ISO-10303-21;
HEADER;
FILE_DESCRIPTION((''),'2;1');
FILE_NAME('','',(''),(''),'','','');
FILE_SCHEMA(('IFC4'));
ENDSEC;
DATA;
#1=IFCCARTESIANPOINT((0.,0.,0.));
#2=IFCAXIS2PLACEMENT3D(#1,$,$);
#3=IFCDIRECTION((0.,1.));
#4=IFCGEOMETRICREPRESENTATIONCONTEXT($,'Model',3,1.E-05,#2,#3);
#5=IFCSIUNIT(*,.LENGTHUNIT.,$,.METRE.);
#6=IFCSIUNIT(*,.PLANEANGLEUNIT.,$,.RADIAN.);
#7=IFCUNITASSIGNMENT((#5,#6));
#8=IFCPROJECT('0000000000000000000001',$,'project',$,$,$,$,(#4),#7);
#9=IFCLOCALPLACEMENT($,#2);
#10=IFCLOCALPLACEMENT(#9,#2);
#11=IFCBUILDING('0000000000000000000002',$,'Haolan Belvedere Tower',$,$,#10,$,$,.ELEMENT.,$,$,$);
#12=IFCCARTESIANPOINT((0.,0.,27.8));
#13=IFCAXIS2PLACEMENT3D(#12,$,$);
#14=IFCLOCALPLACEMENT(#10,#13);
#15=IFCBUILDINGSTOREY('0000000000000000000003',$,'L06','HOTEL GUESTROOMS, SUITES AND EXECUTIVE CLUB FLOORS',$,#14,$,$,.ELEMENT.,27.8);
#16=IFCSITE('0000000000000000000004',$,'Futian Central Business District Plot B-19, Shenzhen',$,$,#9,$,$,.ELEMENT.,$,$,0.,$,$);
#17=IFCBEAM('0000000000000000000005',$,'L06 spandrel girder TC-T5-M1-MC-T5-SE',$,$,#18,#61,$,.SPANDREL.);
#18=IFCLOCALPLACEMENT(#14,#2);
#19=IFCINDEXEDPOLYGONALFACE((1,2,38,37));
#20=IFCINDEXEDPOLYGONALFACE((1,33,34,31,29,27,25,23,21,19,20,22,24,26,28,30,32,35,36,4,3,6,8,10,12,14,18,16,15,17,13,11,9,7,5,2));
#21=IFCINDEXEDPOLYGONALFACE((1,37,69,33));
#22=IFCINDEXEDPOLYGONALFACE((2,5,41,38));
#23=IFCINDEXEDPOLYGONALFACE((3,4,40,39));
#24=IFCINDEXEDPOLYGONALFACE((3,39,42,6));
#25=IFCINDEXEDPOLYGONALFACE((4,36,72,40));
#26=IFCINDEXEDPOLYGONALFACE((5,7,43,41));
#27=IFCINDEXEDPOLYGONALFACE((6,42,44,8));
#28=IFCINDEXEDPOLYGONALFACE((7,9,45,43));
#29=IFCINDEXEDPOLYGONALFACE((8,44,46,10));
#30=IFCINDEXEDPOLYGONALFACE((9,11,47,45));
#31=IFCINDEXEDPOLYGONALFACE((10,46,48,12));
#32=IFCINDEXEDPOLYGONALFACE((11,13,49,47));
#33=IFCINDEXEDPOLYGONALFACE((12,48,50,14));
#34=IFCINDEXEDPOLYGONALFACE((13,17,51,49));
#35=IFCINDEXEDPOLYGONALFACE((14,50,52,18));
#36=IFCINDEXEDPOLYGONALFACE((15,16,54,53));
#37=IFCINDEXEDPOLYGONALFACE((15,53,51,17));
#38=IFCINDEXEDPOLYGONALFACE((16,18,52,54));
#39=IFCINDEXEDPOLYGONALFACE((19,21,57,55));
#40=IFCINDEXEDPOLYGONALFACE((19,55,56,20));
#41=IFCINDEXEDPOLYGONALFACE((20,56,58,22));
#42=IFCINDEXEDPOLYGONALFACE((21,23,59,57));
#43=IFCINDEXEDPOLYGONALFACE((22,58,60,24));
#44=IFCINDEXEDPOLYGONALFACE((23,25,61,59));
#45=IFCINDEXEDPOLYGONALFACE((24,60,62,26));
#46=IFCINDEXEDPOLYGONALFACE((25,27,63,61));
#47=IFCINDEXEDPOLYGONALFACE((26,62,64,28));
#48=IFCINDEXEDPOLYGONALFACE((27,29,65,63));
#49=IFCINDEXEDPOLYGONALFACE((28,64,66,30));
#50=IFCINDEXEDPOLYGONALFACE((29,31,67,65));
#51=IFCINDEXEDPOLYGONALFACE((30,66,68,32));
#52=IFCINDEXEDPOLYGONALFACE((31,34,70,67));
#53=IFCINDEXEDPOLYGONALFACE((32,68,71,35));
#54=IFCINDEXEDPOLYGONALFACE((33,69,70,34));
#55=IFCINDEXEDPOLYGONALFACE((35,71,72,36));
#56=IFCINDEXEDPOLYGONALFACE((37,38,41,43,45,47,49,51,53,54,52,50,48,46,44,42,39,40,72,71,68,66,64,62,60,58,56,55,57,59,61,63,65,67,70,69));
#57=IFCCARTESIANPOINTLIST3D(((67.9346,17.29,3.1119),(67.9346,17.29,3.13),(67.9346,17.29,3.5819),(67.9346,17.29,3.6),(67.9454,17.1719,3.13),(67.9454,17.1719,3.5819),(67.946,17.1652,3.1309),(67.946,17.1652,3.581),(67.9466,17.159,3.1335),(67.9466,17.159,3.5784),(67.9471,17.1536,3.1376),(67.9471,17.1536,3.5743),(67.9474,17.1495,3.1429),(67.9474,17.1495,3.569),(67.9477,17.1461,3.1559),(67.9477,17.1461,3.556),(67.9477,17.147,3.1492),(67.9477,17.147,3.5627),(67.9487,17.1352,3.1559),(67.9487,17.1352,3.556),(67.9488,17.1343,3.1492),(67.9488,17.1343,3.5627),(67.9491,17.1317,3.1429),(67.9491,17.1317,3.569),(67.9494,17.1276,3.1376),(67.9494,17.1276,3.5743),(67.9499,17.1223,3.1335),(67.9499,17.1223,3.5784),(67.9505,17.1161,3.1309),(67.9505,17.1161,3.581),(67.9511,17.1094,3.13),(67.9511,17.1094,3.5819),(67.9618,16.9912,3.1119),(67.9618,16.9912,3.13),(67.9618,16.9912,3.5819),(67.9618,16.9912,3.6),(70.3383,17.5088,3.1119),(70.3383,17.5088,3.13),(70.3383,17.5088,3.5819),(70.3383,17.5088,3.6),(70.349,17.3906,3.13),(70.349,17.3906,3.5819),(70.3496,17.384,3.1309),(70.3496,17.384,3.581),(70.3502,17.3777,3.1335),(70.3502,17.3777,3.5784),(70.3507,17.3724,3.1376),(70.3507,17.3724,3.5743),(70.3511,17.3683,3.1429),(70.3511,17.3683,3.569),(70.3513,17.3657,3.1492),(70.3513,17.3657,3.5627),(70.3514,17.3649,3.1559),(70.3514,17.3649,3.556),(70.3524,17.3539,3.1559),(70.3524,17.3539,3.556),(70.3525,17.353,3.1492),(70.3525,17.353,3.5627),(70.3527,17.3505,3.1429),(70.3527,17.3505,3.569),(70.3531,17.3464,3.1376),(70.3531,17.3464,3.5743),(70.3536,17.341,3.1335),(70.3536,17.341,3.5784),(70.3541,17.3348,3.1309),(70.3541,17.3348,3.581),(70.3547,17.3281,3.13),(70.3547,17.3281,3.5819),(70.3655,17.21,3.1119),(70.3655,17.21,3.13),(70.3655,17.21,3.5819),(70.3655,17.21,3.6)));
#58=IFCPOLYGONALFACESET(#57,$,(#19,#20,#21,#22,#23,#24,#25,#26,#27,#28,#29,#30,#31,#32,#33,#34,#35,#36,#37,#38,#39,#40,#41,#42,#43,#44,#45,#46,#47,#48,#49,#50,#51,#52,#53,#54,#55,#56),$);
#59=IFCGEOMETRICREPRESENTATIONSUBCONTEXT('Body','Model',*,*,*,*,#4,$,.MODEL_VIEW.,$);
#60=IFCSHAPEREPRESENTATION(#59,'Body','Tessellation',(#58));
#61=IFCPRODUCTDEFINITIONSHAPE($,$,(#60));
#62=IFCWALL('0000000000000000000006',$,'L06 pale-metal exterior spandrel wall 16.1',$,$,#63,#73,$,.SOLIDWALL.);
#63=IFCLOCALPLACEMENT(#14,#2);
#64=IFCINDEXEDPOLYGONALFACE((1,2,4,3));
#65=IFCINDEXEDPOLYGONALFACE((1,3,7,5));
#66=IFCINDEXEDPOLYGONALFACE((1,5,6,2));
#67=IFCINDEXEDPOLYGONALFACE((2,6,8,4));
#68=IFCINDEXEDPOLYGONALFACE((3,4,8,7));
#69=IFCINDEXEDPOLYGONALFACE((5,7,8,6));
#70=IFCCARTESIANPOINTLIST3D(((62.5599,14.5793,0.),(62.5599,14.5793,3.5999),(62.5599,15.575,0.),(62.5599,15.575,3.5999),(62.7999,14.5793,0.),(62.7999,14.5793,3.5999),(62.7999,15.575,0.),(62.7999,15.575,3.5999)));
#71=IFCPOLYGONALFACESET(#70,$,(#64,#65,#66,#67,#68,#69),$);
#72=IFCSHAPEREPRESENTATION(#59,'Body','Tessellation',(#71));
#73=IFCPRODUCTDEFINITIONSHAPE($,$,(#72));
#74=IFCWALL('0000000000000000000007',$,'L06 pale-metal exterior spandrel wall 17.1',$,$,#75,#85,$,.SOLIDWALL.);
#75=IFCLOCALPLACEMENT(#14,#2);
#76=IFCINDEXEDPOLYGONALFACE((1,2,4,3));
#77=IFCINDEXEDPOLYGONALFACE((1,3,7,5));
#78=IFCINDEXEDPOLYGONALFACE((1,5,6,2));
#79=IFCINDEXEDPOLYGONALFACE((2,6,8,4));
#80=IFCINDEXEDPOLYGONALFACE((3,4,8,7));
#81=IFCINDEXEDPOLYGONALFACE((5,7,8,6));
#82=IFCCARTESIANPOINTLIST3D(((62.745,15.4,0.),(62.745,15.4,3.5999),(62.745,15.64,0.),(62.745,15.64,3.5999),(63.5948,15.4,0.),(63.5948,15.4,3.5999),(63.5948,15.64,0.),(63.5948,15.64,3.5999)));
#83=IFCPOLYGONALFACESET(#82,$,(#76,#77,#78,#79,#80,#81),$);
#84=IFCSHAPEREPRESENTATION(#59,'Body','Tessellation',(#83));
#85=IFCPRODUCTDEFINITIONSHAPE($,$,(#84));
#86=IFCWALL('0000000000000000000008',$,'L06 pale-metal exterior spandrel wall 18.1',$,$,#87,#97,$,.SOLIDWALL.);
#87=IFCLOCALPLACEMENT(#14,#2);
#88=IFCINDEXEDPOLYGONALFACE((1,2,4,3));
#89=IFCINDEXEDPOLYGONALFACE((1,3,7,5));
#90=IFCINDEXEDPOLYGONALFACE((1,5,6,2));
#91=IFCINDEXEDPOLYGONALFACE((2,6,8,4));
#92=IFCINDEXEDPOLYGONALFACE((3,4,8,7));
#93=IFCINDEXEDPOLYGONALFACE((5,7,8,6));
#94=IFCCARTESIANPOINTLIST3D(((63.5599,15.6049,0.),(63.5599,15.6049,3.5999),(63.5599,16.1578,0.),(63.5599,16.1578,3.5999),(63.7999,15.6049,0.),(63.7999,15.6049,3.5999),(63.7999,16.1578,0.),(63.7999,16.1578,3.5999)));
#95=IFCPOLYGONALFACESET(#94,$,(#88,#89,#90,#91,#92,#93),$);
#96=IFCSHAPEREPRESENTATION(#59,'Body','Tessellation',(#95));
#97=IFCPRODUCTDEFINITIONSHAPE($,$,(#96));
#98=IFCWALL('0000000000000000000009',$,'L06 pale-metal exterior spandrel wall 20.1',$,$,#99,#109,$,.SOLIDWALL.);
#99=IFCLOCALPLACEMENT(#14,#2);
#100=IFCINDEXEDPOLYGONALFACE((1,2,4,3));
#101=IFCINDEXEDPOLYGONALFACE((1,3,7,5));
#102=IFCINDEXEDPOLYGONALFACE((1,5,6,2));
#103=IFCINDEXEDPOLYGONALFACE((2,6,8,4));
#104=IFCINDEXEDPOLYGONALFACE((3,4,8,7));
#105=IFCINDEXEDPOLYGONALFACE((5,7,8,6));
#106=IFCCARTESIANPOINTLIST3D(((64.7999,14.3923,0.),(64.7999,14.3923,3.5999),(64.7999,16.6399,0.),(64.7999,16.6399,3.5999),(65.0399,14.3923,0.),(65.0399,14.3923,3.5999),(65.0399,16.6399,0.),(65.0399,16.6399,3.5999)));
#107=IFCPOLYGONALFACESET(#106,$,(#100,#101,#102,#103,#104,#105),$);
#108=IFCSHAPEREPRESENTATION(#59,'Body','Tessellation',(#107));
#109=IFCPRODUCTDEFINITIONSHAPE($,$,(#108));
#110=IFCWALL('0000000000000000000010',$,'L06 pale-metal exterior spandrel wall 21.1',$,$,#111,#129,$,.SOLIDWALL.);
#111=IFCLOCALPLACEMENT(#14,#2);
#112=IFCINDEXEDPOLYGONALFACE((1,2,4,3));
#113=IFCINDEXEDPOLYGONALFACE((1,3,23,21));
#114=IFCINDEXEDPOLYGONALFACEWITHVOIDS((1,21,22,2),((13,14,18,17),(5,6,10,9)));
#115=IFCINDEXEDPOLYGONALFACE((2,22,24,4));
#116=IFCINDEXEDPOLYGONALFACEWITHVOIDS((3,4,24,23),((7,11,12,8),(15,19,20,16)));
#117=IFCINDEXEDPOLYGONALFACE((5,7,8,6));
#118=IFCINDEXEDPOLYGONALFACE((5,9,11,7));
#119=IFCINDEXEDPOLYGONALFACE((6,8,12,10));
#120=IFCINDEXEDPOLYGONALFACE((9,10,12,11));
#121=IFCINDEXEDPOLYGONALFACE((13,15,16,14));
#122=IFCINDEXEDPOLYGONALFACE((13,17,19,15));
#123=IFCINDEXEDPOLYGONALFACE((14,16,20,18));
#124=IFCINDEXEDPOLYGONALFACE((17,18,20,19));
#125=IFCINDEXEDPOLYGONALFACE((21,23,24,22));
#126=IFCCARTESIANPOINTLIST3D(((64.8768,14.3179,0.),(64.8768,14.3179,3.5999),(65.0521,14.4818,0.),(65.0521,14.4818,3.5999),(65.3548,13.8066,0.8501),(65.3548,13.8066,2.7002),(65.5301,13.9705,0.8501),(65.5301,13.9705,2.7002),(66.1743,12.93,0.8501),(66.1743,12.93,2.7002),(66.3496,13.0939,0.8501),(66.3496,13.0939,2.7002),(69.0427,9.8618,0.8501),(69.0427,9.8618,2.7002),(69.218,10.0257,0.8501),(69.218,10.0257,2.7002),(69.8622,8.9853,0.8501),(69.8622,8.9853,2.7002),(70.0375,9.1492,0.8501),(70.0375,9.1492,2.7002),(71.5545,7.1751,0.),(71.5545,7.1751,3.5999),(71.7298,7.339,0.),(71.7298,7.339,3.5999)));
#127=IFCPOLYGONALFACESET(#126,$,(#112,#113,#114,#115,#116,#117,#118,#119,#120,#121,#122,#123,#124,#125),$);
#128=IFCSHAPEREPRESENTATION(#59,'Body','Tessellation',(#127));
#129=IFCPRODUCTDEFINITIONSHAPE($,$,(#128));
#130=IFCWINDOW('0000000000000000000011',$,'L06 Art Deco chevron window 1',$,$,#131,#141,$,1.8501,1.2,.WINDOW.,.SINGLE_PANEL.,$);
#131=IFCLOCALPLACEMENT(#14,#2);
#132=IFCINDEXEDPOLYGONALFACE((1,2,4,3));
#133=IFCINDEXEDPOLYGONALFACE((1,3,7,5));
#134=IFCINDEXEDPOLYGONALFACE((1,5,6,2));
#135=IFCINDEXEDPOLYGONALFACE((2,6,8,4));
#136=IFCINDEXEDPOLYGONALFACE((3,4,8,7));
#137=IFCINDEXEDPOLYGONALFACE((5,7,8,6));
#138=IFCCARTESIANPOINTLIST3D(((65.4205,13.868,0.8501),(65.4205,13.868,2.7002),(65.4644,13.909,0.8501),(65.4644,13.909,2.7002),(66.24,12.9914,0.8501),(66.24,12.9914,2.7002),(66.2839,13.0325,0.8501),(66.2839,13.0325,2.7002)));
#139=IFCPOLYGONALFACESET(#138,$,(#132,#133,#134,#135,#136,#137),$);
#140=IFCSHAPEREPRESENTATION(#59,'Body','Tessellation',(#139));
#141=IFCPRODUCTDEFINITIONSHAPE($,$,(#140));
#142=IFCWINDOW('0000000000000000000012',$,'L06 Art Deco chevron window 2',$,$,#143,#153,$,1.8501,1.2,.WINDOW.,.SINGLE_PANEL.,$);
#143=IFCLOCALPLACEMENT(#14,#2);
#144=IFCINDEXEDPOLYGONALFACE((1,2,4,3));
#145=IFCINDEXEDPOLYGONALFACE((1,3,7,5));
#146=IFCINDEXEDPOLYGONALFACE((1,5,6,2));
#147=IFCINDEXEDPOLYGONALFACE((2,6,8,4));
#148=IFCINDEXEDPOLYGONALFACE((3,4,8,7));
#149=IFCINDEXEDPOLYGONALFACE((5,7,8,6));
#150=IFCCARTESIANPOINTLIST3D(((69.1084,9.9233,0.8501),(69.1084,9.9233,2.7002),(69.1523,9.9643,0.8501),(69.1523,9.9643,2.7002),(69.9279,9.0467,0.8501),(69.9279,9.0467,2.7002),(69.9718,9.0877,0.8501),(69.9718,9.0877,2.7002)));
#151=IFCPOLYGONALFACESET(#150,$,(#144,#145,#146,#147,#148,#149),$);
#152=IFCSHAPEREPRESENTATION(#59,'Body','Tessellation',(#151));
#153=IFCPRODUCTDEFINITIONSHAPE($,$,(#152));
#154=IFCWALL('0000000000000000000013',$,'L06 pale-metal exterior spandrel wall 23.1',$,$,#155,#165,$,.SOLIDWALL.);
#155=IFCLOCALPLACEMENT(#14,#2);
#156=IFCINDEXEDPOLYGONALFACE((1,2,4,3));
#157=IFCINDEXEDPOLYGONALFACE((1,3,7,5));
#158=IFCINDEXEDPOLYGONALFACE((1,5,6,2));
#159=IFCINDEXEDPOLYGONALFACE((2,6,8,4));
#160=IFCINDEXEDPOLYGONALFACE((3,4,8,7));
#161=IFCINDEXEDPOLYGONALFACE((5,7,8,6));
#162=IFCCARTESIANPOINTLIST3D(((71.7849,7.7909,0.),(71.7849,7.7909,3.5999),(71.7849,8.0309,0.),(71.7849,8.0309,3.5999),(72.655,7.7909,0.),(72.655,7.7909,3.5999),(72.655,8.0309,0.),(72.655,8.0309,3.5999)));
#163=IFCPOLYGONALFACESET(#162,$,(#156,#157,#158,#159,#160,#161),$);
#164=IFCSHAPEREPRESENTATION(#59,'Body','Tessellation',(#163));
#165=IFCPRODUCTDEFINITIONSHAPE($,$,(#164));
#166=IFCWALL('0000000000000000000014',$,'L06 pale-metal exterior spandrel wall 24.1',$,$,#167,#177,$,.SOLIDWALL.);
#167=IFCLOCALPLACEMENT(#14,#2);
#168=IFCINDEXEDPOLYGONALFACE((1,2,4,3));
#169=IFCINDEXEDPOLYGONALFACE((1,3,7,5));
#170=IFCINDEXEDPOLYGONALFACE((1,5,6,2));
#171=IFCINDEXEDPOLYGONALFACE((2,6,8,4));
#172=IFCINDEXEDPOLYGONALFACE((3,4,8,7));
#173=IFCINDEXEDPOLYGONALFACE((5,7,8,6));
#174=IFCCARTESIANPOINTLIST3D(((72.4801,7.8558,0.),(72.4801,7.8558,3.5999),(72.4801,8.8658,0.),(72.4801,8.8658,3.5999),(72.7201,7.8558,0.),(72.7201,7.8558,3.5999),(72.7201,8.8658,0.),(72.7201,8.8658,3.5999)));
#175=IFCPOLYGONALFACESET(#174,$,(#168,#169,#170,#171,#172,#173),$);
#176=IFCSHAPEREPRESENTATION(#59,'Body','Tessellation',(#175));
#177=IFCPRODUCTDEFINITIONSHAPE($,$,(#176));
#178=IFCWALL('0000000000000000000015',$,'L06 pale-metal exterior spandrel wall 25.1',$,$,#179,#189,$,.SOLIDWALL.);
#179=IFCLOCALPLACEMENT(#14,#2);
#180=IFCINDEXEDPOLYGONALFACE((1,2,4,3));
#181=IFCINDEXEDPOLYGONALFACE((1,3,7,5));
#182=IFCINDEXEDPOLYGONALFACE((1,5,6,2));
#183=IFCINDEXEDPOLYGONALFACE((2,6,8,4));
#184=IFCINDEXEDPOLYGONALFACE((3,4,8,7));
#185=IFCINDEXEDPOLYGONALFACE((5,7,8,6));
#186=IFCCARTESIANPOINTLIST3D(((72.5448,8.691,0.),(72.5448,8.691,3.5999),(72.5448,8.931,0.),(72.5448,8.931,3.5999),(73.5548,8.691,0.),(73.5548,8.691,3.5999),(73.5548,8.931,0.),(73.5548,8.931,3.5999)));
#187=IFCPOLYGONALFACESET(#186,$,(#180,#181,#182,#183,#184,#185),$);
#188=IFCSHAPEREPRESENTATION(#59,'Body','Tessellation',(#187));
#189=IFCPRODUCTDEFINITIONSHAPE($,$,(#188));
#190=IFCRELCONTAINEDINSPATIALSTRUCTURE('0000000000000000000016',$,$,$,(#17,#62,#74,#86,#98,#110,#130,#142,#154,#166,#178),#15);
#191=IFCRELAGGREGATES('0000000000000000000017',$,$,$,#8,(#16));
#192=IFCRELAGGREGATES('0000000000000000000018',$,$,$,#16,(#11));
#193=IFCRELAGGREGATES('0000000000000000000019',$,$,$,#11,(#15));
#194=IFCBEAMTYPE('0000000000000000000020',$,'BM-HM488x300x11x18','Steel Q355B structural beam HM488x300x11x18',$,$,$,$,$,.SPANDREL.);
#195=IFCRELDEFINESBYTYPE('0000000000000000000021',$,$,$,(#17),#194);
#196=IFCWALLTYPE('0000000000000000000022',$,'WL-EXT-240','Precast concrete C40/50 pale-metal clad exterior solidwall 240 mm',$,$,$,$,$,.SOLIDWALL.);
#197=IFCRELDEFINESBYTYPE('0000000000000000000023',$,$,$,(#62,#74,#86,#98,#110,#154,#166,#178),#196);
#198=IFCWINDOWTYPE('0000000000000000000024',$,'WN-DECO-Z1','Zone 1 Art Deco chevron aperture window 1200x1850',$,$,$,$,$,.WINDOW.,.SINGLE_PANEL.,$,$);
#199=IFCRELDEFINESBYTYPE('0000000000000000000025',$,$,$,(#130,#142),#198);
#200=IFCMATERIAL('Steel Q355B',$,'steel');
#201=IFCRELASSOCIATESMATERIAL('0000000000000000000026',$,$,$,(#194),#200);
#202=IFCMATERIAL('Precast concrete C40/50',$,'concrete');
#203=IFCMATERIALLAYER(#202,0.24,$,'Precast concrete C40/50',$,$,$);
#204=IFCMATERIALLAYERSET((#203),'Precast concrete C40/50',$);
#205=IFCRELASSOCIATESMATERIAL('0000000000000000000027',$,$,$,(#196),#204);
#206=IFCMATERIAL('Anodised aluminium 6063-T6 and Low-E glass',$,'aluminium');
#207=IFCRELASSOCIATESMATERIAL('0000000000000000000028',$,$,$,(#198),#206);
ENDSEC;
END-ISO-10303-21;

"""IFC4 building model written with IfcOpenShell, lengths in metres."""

from ifc_helpers import new_model, si_unit, direction, frame, frame_2d, origin, origin_2d, place, context, subcontext, project, spatial, rectangle, i_section, extrude, material, layer, layer_set, material_profile, profile_set, type_object, element, fill, save


model = new_model("IFC4")

# Units and contexts
model_context = context("Model", 3, precision=1e-05, world=origin(), true_north=direction((0.0, 1.0)))
body_context = subcontext(model_context, "Body", "Model", "MODEL_VIEW")
ifc_project = project(units=[si_unit("LENGTHUNIT", "METRE"), si_unit("PLANEANGLEUNIT", "RADIAN")], contexts=[model_context])

# Site, building, storey
site_placement = place(None, origin())
site = spatial("IfcSite", under=ifc_project, at=site_placement, Name="Futian Central Business District Plot B-19, Shenzhen", CompositionType="ELEMENT", RefElevation=0.0)
building_placement = place(site_placement, origin())
building = spatial("IfcBuilding", under=site, at=building_placement, Name="Haolan Belvedere Tower", CompositionType="ELEMENT")
storey_placement = place(building_placement, frame((0.0, 0.0, 27.8)))
storey = spatial("IfcBuildingStorey", under=building, at=storey_placement, Name="L06", Description="HOTEL GUESTROOMS, SUITES AND EXECUTIVE CLUB FLOORS", CompositionType="ELEMENT", Elevation=27.8)

# Shared definitions
ifc_material_1 = material(Name="Steel Q355B", Category="steel")

# Beam
ifc_material_profile_1 = material_profile(ifc_material_1, i_section(OverallWidth=0.3, OverallDepth=0.488, WebThickness=0.011, FlangeThickness=0.0181, FilletRadius=0.0259, at=origin_2d()), Name="Steel Q355B")
ifc_profile_set_1 = profile_set([ifc_material_profile_1], Name="Steel Q355B")
beam_type = type_object("IfcBeamType", Name="BM-HM488x300x11x18", Description="Steel Q355B structural beam HM488x300x11x18", PredefinedType="SPANDREL", material=ifc_profile_set_1)
for number, where, z_axis, x_axis, name in (
    (1, (67.9482, 17.1406, 3.356), (0.995884, 0.090636, 0.0), (-0.090636, 0.995884, 0.0), "L06 spandrel girder TC-T5-M1-MC-T5-SE"),
):
    element("IfcBeam", number, at=place(storey_placement, frame(where, z_axis=z_axis, x_axis=x_axis)), inside=storey, type_object=beam_type, Name=name, PredefinedType="SPANDREL", context=body_context, shape_type="SweptSolid", body=[
        extrude(i_section(OverallWidth=0.3, OverallDepth=0.488, WebThickness=0.011, FlangeThickness=0.0181, FilletRadius=0.0259, at=origin_2d()), origin(), (0.0, 0.0, 1.0), 2.4136),
    ])

# Walls
ifc_material_2 = material(Name="Precast concrete C40/50", Category="concrete")
ifc_layer_1 = layer(ifc_material_2, 0.24, Name="Precast concrete C40/50")
ifc_layer_set_1 = layer_set([ifc_layer_1], Name="Precast concrete C40/50")
wall_type_1 = type_object("IfcWallType", Name="WL-EXT-240", Description="Precast concrete C40/50 pale-metal clad exterior solidwall 240 mm", PredefinedType="SOLIDWALL", material=ifc_layer_set_1)
wall_1_placement = place(storey_placement, frame((62.6799, 14.5793, 0.0), z_axis=(0.0, 0.0, 1.0), x_axis=(0.0, 1.0, 0.0)))
element("IfcWall", 2, at=wall_1_placement, inside=storey, type_object=wall_type_1, Name="L06 pale-metal exterior spandrel wall 16.1", PredefinedType="SOLIDWALL", context=body_context, shape_type="SweptSolid", body=[
    extrude(rectangle(XDim=0.9956, YDim=0.24, at=frame_2d((0.4978, 0.0))), origin(), (0.0, 0.0, 1.0), 3.5999),
])
wall_2_placement = place(storey_placement, frame((62.7451, 15.52, 0.0), z_axis=(0.0, 0.0, 1.0), x_axis=(1.0, 0.0, 0.0)))
element("IfcWall", 3, at=wall_2_placement, inside=storey, type_object=wall_type_1, Name="L06 pale-metal exterior spandrel wall 17.1", PredefinedType="SOLIDWALL", context=body_context, shape_type="SweptSolid", body=[
    extrude(rectangle(XDim=0.8499, YDim=0.24, at=frame_2d((0.4248, 0.0))), origin(), (0.0, 0.0, 1.0), 3.5999),
])
wall_3_placement = place(storey_placement, frame((63.6799, 15.605, 0.0), z_axis=(0.0, 0.0, 1.0), x_axis=(0.0, 1.0, 0.0)))
element("IfcWall", 4, at=wall_3_placement, inside=storey, type_object=wall_type_1, Name="L06 pale-metal exterior spandrel wall 18.1", PredefinedType="SOLIDWALL", context=body_context, shape_type="SweptSolid", body=[
    extrude(rectangle(XDim=0.553, YDim=0.24, at=frame_2d((0.2764, 0.0))), origin(), (0.0, 0.0, 1.0), 3.5999),
])
wall_4_placement = place(storey_placement, frame((64.9199, 16.6399, 0.0), z_axis=(0.0, 0.0, 1.0), x_axis=(0.0, -1.0, 0.0)))
element("IfcWall", 5, at=wall_4_placement, inside=storey, type_object=wall_type_1, Name="L06 pale-metal exterior spandrel wall 20.1", PredefinedType="SOLIDWALL", context=body_context, shape_type="SweptSolid", body=[
    extrude(rectangle(XDim=2.2476, YDim=0.24, at=frame_2d((1.1238, 0.0))), origin(), (0.0, 0.0, 1.0), 3.5999),
])

# Wall, openings, windows
wall_5_placement = place(storey_placement, frame((64.9644, 14.3999, 0.0), z_axis=(0.0, 0.0, 1.0), x_axis=(0.682925, -0.730489, 0.0)))
wall_5 = element("IfcWall", 6, at=wall_5_placement, inside=storey, type_object=wall_type_1, Name="L06 pale-metal exterior spandrel wall 21.1", PredefinedType="SOLIDWALL", context=body_context, shape_type="SweptSolid", body=[
    extrude(rectangle(XDim=9.7781, YDim=0.24, at=frame_2d((4.8892, 0.0))), origin(), (0.0, 0.0, 1.0), 3.5999),
])
opening_1_placement = place(wall_5_placement, frame((0.7, 0.0, 0.8501)))
opening_1 = element("IfcOpeningElement", 7, at=opening_1_placement, cuts=wall_5, PredefinedType="OPENING", context=body_context, shape_type="SweptSolid", body=[
    extrude(rectangle(XDim=1.2, YDim=1.8501, at=frame_2d((0.6001, 0.925))), frame((0.0, 0.1299, 0.0), z_axis=(0.0, -1.0, 0.0), x_axis=(1.0, 0.0, 0.0)), (0.0, 0.0, 1.0), 0.26),
])
opening_2_placement = place(wall_5_placement, frame((6.1001, 0.0, 0.8501)))
opening_2 = element("IfcOpeningElement", 8, at=opening_2_placement, cuts=wall_5, PredefinedType="OPENING", context=body_context, shape_type="SweptSolid", body=[
    extrude(rectangle(XDim=1.2, YDim=1.8501, at=frame_2d((0.6001, 0.925))), frame((0.0, 0.1299, 0.0), z_axis=(0.0, -1.0, 0.0), x_axis=(1.0, 0.0, 0.0)), (0.0, 0.0, 1.0), 0.26),
])
ifc_material_3 = material(Name="Anodised aluminium 6063-T6 and Low-E glass", Category="aluminium")
window_type = type_object("IfcWindowType", Name="WN-DECO-Z1", Description="Zone 1 Art Deco chevron aperture window 1200x1850", PartitioningType="SINGLE_PANEL", PredefinedType="WINDOW", material=ifc_material_3)
window_1_placement = place(opening_1_placement, origin())
window_1 = element("IfcWindow", 9, at=window_1_placement, inside=storey, type_object=window_type, Name="L06 Art Deco chevron window 1", OverallHeight=1.8501, OverallWidth=1.2, PartitioningType="SINGLE_PANEL", PredefinedType="WINDOW", context=body_context, shape_type="SweptSolid", body=[
    extrude(rectangle(XDim=1.2, YDim=1.8501, at=frame_2d((0.6001, 0.925))), frame((0.0, 0.03, 0.0), z_axis=(0.0, -1.0, 0.0), x_axis=(1.0, 0.0, 0.0)), (0.0, 0.0, 1.0), 0.0601),
])
fill(opening_1, window_1)
window_2_placement = place(opening_2_placement, origin())
window_2 = element("IfcWindow", 10, at=window_2_placement, inside=storey, type_object=window_type, Name="L06 Art Deco chevron window 2", OverallHeight=1.8501, OverallWidth=1.2, PartitioningType="SINGLE_PANEL", PredefinedType="WINDOW", context=body_context, shape_type="SweptSolid", body=[
    extrude(rectangle(XDim=1.2, YDim=1.8501, at=frame_2d((0.6001, 0.925))), frame((0.0, 0.03, 0.0), z_axis=(0.0, -1.0, 0.0), x_axis=(1.0, 0.0, 0.0)), (0.0, 0.0, 1.0), 0.0601),
])
fill(opening_2, window_2)

# Walls
wall_6_placement = place(storey_placement, frame((71.7849, 7.9109, 0.0), z_axis=(0.0, 0.0, 1.0), x_axis=(1.0, 0.0, 0.0)))
element("IfcWall", 11, at=wall_6_placement, inside=storey, type_object=wall_type_1, Name="L06 pale-metal exterior spandrel wall 23.1", PredefinedType="SOLIDWALL", context=body_context, shape_type="SweptSolid", body=[
    extrude(rectangle(XDim=0.8701, YDim=0.24, at=frame_2d((0.4351, 0.0))), origin(), (0.0, 0.0, 1.0), 3.5999),
])
for number, where, z_axis, x_axis, name in (
    (12, (72.6001, 7.856, 0.0), (0.0, 0.0, 1.0), (0.0, 1.0, 0.0), "L06 pale-metal exterior spandrel wall 24.1"),
    (13, (72.5449, 8.811, 0.0), (0.0, 0.0, 1.0), (1.0, 0.0, 0.0), "L06 pale-metal exterior spandrel wall 25.1"),
):
    element("IfcWall", number, at=place(storey_placement, frame(where, z_axis=z_axis, x_axis=x_axis)), inside=storey, type_object=wall_type_1, Name=name, PredefinedType="SOLIDWALL", context=body_context, shape_type="SweptSolid", body=[
        extrude(rectangle(XDim=1.01, YDim=0.24, at=frame_2d((0.5049, 0.0))), origin(), (0.0, 0.0, 1.0), 3.5999),
    ])

save(model, "model.ifc")
